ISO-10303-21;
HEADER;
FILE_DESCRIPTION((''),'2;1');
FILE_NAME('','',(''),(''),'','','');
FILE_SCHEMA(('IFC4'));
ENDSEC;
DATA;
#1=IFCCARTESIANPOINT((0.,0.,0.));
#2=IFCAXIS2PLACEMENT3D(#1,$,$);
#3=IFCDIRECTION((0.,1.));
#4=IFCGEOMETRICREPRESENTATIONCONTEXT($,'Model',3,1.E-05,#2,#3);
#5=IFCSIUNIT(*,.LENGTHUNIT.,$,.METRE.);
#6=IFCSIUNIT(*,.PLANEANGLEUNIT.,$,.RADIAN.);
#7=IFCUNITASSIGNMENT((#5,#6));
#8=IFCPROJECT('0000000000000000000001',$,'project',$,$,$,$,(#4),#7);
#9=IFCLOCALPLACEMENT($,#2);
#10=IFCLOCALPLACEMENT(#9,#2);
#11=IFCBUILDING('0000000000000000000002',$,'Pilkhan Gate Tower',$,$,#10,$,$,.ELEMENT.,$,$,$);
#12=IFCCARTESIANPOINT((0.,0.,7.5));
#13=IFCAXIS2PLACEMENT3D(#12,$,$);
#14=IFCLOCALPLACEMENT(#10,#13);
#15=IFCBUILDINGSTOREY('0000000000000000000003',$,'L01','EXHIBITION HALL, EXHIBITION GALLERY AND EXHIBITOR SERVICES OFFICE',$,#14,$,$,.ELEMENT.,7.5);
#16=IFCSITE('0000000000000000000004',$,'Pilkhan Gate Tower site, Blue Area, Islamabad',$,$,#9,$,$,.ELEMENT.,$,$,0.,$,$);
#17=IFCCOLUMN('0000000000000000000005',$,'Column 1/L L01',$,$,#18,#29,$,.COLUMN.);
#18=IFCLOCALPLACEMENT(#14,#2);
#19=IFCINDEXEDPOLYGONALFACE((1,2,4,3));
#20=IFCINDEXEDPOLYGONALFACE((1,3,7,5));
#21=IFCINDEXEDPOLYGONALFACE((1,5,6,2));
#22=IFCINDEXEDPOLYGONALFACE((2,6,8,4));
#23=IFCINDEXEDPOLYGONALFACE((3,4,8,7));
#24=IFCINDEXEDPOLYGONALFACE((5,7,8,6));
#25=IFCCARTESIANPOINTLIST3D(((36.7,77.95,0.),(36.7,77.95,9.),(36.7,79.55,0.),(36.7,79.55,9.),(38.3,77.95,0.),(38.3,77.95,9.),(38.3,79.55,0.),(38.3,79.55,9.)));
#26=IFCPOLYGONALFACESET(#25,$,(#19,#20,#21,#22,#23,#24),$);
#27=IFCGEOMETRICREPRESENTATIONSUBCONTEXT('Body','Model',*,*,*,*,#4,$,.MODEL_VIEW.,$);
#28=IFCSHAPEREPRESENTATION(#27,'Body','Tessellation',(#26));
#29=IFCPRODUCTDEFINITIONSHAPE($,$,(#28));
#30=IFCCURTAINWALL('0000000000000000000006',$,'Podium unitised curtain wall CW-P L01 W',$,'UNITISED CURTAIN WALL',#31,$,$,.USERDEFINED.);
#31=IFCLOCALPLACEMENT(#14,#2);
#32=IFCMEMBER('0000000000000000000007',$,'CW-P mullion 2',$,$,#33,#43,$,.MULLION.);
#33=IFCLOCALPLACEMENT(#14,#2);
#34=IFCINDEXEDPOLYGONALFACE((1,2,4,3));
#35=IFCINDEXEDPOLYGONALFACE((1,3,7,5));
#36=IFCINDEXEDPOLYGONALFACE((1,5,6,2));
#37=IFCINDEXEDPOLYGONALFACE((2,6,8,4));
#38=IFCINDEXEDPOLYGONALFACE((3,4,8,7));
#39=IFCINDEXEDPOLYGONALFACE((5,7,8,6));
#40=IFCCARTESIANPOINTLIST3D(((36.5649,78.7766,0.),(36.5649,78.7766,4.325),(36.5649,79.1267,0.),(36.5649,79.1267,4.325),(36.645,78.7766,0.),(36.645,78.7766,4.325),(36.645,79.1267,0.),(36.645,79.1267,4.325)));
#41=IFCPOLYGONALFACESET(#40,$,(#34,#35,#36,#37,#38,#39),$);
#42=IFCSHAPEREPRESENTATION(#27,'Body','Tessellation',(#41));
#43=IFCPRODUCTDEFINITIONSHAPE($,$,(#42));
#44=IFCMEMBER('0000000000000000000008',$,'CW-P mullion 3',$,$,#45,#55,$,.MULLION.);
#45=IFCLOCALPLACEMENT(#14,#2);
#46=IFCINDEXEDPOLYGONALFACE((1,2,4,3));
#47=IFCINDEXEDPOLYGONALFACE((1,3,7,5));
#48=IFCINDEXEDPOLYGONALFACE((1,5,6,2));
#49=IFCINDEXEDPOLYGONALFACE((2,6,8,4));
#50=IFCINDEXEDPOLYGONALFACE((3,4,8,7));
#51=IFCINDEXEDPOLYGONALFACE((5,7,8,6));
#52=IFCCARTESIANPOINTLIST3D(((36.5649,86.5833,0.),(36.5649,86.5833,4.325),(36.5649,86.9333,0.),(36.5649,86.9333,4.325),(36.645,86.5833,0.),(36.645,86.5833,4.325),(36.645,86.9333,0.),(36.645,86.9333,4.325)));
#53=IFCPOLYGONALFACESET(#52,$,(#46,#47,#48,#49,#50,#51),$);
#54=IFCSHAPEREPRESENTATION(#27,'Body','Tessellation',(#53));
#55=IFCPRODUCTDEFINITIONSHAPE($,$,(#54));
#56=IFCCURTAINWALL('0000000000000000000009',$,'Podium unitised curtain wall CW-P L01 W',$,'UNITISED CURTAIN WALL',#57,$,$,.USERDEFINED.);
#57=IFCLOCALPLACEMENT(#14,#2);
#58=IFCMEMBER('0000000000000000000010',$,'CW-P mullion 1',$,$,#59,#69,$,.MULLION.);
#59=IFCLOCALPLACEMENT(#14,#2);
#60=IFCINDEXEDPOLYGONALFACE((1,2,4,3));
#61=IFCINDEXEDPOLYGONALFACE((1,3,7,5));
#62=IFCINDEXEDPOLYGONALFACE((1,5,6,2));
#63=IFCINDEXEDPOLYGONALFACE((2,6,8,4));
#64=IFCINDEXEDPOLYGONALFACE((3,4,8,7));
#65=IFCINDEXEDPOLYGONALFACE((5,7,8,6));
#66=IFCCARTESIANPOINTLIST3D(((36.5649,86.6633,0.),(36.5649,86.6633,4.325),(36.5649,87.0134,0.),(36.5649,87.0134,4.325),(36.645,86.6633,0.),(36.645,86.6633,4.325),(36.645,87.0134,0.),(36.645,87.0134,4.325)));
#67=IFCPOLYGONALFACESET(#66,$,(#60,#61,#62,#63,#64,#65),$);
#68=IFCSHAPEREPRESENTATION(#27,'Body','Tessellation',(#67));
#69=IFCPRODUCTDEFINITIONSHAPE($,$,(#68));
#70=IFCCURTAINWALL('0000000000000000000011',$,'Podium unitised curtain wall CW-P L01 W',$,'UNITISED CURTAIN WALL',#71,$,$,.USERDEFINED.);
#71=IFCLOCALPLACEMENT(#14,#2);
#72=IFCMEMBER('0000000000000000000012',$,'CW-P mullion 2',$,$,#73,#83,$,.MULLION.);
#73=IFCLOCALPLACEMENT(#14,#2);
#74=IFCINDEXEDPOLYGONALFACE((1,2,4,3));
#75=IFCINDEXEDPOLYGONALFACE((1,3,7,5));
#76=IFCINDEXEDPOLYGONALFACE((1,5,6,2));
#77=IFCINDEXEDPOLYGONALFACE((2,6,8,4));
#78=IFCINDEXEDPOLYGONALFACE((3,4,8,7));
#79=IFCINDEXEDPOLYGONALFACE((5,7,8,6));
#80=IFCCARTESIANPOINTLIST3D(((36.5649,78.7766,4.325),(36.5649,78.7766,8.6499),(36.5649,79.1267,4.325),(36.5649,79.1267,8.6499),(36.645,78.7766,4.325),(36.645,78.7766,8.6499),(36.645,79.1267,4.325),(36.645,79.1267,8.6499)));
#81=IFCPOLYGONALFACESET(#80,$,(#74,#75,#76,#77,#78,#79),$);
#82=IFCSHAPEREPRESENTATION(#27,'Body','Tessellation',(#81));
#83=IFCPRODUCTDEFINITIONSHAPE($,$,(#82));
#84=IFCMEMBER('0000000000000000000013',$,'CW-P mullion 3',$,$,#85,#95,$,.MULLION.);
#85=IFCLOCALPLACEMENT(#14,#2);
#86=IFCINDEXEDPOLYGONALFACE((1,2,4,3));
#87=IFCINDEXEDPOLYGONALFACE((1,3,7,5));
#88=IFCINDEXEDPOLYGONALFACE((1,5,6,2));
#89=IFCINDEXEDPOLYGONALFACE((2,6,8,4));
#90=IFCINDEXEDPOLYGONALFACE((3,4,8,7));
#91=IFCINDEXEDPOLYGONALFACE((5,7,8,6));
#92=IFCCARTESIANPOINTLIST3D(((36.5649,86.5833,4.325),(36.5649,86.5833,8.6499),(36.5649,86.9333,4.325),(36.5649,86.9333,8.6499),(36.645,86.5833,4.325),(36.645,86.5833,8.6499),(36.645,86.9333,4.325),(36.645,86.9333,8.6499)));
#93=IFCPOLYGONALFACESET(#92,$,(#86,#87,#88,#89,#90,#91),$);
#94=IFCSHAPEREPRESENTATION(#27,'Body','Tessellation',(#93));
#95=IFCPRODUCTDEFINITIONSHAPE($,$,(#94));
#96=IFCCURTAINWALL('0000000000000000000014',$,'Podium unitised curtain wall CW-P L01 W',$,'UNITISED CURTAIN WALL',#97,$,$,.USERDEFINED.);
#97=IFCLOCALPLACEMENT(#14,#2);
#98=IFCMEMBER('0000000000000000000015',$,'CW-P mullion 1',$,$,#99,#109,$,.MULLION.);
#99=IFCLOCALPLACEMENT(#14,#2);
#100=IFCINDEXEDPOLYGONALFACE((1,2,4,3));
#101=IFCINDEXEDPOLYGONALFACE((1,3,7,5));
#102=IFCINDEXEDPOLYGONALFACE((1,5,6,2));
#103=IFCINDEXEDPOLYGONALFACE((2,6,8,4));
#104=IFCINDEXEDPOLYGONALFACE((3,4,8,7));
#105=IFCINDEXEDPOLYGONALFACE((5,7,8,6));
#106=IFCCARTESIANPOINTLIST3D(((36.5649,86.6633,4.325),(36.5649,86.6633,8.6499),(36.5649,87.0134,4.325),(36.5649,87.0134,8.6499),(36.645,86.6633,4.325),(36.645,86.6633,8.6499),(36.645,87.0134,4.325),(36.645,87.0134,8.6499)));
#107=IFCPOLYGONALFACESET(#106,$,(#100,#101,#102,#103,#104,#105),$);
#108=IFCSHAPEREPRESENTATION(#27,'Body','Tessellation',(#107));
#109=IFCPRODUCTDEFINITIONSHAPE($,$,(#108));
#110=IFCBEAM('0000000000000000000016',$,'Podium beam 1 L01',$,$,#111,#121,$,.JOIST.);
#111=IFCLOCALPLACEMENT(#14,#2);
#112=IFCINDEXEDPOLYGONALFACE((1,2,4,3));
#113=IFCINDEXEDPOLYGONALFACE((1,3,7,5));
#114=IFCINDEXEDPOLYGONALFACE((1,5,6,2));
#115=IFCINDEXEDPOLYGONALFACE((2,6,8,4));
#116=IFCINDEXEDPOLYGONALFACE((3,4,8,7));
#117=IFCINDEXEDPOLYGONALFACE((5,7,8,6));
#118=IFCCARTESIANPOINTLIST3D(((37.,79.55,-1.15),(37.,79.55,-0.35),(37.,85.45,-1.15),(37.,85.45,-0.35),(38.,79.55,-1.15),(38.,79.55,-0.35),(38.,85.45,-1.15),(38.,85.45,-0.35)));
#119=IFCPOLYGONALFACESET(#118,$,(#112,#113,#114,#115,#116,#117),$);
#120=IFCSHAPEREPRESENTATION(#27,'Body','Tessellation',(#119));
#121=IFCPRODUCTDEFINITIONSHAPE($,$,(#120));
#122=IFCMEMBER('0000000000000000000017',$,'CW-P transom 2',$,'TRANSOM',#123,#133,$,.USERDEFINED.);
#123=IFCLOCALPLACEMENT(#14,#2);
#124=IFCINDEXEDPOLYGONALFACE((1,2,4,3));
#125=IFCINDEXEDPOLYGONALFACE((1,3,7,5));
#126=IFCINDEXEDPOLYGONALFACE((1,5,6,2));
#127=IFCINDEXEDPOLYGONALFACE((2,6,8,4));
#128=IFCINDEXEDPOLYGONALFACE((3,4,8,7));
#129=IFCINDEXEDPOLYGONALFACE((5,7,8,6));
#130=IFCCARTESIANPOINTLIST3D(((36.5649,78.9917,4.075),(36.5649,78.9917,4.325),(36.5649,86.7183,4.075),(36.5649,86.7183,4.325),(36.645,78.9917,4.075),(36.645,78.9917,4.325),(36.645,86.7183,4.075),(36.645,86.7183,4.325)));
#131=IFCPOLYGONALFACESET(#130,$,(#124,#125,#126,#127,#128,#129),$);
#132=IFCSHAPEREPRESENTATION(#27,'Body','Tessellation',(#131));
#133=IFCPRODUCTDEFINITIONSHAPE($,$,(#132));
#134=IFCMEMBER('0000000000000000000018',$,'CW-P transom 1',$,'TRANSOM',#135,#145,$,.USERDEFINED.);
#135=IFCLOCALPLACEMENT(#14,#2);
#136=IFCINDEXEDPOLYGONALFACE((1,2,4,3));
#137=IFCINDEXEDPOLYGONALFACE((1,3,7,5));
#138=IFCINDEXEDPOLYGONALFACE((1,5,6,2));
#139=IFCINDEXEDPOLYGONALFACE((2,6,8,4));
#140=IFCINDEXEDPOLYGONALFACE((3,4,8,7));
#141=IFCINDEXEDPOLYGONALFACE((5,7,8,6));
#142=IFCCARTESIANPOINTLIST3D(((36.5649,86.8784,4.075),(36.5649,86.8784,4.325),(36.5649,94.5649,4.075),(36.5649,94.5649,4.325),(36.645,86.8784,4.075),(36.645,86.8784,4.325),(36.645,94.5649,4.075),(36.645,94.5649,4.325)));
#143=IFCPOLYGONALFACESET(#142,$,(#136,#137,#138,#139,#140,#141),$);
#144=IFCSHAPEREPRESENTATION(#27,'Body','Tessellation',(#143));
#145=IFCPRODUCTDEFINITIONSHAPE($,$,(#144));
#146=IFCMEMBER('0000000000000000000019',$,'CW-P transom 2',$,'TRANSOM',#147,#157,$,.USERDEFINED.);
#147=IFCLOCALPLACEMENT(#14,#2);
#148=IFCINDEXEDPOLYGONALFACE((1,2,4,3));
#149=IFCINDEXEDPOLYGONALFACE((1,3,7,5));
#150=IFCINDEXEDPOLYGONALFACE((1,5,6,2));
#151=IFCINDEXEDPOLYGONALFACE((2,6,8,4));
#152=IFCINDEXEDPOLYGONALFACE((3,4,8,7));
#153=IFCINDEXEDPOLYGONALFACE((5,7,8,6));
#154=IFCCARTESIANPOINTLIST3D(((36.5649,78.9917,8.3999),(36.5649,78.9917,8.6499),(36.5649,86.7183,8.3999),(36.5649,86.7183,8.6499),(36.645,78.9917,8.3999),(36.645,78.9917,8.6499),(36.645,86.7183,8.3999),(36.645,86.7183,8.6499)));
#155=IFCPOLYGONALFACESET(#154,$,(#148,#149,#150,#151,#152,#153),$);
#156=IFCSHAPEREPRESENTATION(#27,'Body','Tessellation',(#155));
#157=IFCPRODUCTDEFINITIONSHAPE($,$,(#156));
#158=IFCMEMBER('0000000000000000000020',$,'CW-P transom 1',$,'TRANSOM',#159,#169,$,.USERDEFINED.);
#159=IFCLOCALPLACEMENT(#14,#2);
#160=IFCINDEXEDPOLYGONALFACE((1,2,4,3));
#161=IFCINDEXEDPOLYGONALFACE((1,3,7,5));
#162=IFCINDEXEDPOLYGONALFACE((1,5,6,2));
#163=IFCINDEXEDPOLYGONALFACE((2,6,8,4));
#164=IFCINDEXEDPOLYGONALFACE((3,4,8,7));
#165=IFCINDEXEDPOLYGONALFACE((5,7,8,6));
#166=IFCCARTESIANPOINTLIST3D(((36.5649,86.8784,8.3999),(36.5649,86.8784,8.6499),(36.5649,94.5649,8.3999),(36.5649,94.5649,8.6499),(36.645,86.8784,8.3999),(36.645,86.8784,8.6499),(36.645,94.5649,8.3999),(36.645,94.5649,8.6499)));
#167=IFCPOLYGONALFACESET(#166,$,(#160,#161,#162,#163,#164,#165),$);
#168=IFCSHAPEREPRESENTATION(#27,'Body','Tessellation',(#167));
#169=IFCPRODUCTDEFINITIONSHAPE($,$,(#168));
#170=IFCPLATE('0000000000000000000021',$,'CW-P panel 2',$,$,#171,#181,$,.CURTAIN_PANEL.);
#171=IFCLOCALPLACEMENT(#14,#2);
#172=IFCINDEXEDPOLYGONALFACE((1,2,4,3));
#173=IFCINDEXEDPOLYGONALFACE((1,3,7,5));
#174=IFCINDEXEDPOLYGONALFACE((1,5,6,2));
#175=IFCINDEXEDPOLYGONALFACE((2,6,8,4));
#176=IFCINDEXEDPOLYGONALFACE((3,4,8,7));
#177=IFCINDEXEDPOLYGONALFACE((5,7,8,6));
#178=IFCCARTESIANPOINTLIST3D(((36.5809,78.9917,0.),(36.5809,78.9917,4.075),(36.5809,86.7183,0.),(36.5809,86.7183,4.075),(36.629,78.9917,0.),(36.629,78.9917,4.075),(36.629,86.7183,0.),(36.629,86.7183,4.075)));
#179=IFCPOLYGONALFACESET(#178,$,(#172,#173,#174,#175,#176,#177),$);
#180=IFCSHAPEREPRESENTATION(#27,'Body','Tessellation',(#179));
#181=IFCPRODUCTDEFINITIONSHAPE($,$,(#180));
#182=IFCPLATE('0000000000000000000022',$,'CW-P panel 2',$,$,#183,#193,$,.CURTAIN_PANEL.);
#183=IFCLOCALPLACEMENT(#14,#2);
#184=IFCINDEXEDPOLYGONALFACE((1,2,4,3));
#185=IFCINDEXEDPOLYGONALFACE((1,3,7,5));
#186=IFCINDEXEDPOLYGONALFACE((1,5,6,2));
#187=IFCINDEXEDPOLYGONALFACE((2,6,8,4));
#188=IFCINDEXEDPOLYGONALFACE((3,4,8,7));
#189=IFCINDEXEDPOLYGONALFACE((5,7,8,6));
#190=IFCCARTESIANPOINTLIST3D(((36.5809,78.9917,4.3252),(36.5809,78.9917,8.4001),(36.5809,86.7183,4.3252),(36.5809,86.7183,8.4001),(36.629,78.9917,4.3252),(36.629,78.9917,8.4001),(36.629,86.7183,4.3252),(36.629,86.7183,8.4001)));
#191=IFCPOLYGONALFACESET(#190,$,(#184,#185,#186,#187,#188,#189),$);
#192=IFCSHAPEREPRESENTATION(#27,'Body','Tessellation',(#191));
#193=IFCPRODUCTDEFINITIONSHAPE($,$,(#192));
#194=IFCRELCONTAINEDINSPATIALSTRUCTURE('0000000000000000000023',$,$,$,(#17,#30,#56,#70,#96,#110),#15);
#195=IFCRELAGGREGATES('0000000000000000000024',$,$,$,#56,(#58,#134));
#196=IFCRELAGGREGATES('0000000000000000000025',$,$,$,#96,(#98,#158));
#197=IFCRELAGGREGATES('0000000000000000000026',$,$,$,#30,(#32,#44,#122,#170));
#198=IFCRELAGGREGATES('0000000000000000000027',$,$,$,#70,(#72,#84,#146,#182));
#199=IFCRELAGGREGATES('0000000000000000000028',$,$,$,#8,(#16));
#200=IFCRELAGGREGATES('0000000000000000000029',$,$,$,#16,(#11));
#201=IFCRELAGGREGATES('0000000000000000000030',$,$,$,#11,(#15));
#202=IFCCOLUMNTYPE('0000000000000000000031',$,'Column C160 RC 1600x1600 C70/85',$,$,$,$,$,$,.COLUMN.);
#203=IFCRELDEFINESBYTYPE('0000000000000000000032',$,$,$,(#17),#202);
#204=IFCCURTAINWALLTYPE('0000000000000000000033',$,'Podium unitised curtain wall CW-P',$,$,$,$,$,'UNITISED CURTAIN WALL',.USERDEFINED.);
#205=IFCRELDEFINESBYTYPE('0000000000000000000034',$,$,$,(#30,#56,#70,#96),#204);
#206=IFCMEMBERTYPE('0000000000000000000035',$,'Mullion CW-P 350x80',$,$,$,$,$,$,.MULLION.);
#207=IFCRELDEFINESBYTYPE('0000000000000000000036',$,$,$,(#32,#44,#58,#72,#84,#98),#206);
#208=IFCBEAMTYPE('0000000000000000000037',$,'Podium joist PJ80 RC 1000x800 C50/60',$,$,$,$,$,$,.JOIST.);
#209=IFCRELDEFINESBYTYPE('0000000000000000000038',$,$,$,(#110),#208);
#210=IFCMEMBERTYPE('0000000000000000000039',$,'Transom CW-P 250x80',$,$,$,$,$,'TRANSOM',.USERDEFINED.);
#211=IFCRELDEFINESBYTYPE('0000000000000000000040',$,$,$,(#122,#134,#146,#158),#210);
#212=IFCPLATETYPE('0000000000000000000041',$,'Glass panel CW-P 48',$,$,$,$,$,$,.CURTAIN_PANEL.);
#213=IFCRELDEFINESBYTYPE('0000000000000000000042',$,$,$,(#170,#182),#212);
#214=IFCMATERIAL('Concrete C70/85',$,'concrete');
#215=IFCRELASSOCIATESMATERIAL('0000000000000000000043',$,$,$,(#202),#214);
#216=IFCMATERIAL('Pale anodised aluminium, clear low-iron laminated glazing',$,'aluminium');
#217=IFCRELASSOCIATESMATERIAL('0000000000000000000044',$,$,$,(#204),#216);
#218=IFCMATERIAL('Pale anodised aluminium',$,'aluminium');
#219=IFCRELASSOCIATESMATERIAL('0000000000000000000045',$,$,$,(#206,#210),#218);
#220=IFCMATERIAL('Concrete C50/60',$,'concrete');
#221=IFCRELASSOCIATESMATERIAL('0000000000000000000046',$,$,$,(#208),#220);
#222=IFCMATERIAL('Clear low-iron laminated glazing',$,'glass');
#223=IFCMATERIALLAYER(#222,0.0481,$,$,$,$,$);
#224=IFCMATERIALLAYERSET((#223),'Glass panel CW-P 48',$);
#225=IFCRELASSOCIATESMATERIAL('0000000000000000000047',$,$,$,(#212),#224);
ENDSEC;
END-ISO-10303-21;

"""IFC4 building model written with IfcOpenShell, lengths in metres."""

from ifc_helpers import new_model, si_unit, direction, frame, origin, origin_2d, place, context, subcontext, project, spatial, rectangle, extrude, material, layer, layer_set, material_profile, profile_set, type_object, element, aggregate, save


model = new_model("IFC4")

# Units and contexts
model_context = context("Model", 3, precision=1e-05, world=origin(), true_north=direction((0.0, 1.0)))
body_context = subcontext(model_context, "Body", "Model", "MODEL_VIEW")
ifc_project = project(units=[si_unit("LENGTHUNIT", "METRE"), si_unit("PLANEANGLEUNIT", "RADIAN")], contexts=[model_context])

# Site, building, storey
site_placement = place(None, origin())
site = spatial("IfcSite", under=ifc_project, at=site_placement, Name="Pilkhan Gate Tower site, Blue Area, Islamabad", CompositionType="ELEMENT", RefElevation=0.0)
building_placement = place(site_placement, origin())
building = spatial("IfcBuilding", under=site, at=building_placement, Name="Pilkhan Gate Tower", CompositionType="ELEMENT")
storey_placement = place(building_placement, frame((0.0, 0.0, 7.5)))
storey = spatial("IfcBuildingStorey", under=building, at=storey_placement, Name="L01", Description="EXHIBITION HALL, EXHIBITION GALLERY AND EXHIBITOR SERVICES OFFICE", CompositionType="ELEMENT", Elevation=7.5)

# Column
ifc_material_1 = material(Name="Concrete C70/85", Category="concrete")
ifc_material_profile_1 = material_profile(ifc_material_1, rectangle(XDim=1.6001, YDim=1.6001, at=origin_2d()), Name="RC 1600x1600")
ifc_profile_set_1 = profile_set([ifc_material_profile_1], Name="Concrete C70/85")
column_type = type_object("IfcColumnType", Name="Column C160 RC 1600x1600 C70/85", PredefinedType="COLUMN", material=ifc_profile_set_1)
column_placement = place(storey_placement, frame((37.5, 78.75, 0.0), z_axis=(0.0, 0.0, 1.0), x_axis=(1.0, 0.0, 0.0)))
element("IfcColumn", 1, at=column_placement, inside=storey, type_object=column_type, Name="Column 1/L L01", PredefinedType="COLUMN", context=body_context, shape_type="SweptSolid", body=[
    extrude(rectangle(XDim=1.6001, YDim=1.6001, at=origin_2d()), origin(), (0.0, 0.0, 1.0), 9.0),
])

# Curtain wall, members
ifc_material_2 = material(Name="Pale anodised aluminium, clear low-iron laminated glazing", Category="aluminium")
curtain_wall_type = type_object("IfcCurtainWallType", Name="Podium unitised curtain wall CW-P", ElementType="UNITISED CURTAIN WALL", PredefinedType="USERDEFINED", material=ifc_material_2)
curtain_wall_1_placement = place(storey_placement, origin())
curtain_wall_1 = element("IfcCurtainWall", 2, at=curtain_wall_1_placement, inside=storey, type_object=curtain_wall_type, Name="Podium unitised curtain wall CW-P L01 W", ObjectType="UNITISED CURTAIN WALL", PredefinedType="USERDEFINED")
ifc_material_3 = material(Name="Pale anodised aluminium", Category="aluminium")
ifc_material_profile_2 = material_profile(ifc_material_3, rectangle(XDim=0.0801, YDim=0.3501, at=origin_2d()), Name="Mullion 350x80")
ifc_profile_set_2 = profile_set([ifc_material_profile_2], Name="Pale anodised aluminium")
member_type_1 = type_object("IfcMemberType", Name="Mullion CW-P 350x80", PredefinedType="MULLION", material=ifc_profile_set_2)
member_1_placement = place(storey_placement, frame((36.605, 78.9517, 0.0), z_axis=(0.0, 0.0, 1.0), x_axis=(-1.0, 0.0, 0.0)))
member_1 = element("IfcMember", 3, at=member_1_placement, type_object=member_type_1, Name="CW-P mullion 2", PredefinedType="MULLION", context=body_context, shape_type="SweptSolid", body=[
    extrude(rectangle(XDim=0.0801, YDim=0.3501, at=origin_2d()), origin(), (0.0, 0.0, 1.0), 4.325),
])
member_2_placement = place(storey_placement, frame((36.605, 86.7583, 0.0), z_axis=(0.0, 0.0, 1.0), x_axis=(-1.0, 0.0, 0.0)))
member_2 = element("IfcMember", 4, at=member_2_placement, type_object=member_type_1, Name="CW-P mullion 3", PredefinedType="MULLION", context=body_context, shape_type="SweptSolid", body=[
    extrude(rectangle(XDim=0.0801, YDim=0.3501, at=origin_2d()), origin(), (0.0, 0.0, 1.0), 4.325),
])

# Curtain wall, member
curtain_wall_2_placement = place(storey_placement, origin())
curtain_wall_2 = element("IfcCurtainWall", 5, at=curtain_wall_2_placement, inside=storey, type_object=curtain_wall_type, Name="Podium unitised curtain wall CW-P L01 W", ObjectType="UNITISED CURTAIN WALL", PredefinedType="USERDEFINED")
member_3_placement = place(storey_placement, frame((36.605, 86.8384, 0.0), z_axis=(0.0, 0.0, 1.0), x_axis=(-1.0, 0.0, 0.0)))
member_3 = element("IfcMember", 6, at=member_3_placement, type_object=member_type_1, Name="CW-P mullion 1", PredefinedType="MULLION", context=body_context, shape_type="SweptSolid", body=[
    extrude(rectangle(XDim=0.0801, YDim=0.3501, at=origin_2d()), origin(), (0.0, 0.0, 1.0), 4.325),
])

# Curtain wall, members
curtain_wall_3_placement = place(storey_placement, origin())
curtain_wall_3 = element("IfcCurtainWall", 7, at=curtain_wall_3_placement, inside=storey, type_object=curtain_wall_type, Name="Podium unitised curtain wall CW-P L01 W", ObjectType="UNITISED CURTAIN WALL", PredefinedType="USERDEFINED")
member_4_placement = place(storey_placement, frame((36.605, 78.9517, 4.325), z_axis=(0.0, 0.0, 1.0), x_axis=(-1.0, 0.0, 0.0)))
member_4 = element("IfcMember", 8, at=member_4_placement, type_object=member_type_1, Name="CW-P mullion 2", PredefinedType="MULLION", context=body_context, shape_type="SweptSolid", body=[
    extrude(rectangle(XDim=0.0801, YDim=0.3501, at=origin_2d()), origin(), (0.0, 0.0, 1.0), 4.325),
])
member_5_placement = place(storey_placement, frame((36.605, 86.7583, 4.325), z_axis=(0.0, 0.0, 1.0), x_axis=(-1.0, 0.0, 0.0)))
member_5 = element("IfcMember", 9, at=member_5_placement, type_object=member_type_1, Name="CW-P mullion 3", PredefinedType="MULLION", context=body_context, shape_type="SweptSolid", body=[
    extrude(rectangle(XDim=0.0801, YDim=0.3501, at=origin_2d()), origin(), (0.0, 0.0, 1.0), 4.325),
])

# Curtain wall, member
curtain_wall_4_placement = place(storey_placement, origin())
curtain_wall_4 = element("IfcCurtainWall", 10, at=curtain_wall_4_placement, inside=storey, type_object=curtain_wall_type, Name="Podium unitised curtain wall CW-P L01 W", ObjectType="UNITISED CURTAIN WALL", PredefinedType="USERDEFINED")
member_6_placement = place(storey_placement, frame((36.605, 86.8384, 4.325), z_axis=(0.0, 0.0, 1.0), x_axis=(-1.0, 0.0, 0.0)))
member_6 = element("IfcMember", 11, at=member_6_placement, type_object=member_type_1, Name="CW-P mullion 1", PredefinedType="MULLION", context=body_context, shape_type="SweptSolid", body=[
    extrude(rectangle(XDim=0.0801, YDim=0.3501, at=origin_2d()), origin(), (0.0, 0.0, 1.0), 4.325),
])

# Beam
ifc_material_4 = material(Name="Concrete C50/60", Category="concrete")
ifc_material_profile_3 = material_profile(ifc_material_4, rectangle(XDim=1.0, YDim=0.8, at=origin_2d()), Name="RC 1000x800")
ifc_profile_set_3 = profile_set([ifc_material_profile_3], Name="Concrete C50/60")
beam_type = type_object("IfcBeamType", Name="Podium joist PJ80 RC 1000x800 C50/60", PredefinedType="JOIST", material=ifc_profile_set_3)
beam_placement = place(storey_placement, frame((37.5, 79.55, -0.75), z_axis=(0.0, 1.0, 0.0), x_axis=(-1.0, 0.0, 0.0)))
element("IfcBeam", 12, at=beam_placement, inside=storey, type_object=beam_type, Name="Podium beam 1 L01", PredefinedType="JOIST", context=body_context, shape_type="SweptSolid", body=[
    extrude(rectangle(XDim=1.0, YDim=0.8, at=origin_2d()), origin(), (0.0, 0.0, 1.0), 5.8999),
])

# Members
ifc_material_profile_4 = material_profile(ifc_material_3, rectangle(XDim=0.0801, YDim=0.25, at=origin_2d()), Name="Transom 250x80")
ifc_profile_set_4 = profile_set([ifc_material_profile_4], Name="Pale anodised aluminium")
member_type_2 = type_object("IfcMemberType", Name="Transom CW-P 250x80", ElementType="TRANSOM", PredefinedType="USERDEFINED", material=ifc_profile_set_4)
member_7_placement = place(storey_placement, frame((36.605, 78.9917, 4.2), z_axis=(0.0, 1.0, 0.0), x_axis=(-1.0, 0.0, 0.0)))
member_7 = element("IfcMember", 13, at=member_7_placement, type_object=member_type_2, Name="CW-P transom 2", ObjectType="TRANSOM", PredefinedType="USERDEFINED", context=body_context, shape_type="SweptSolid", body=[
    extrude(rectangle(XDim=0.0801, YDim=0.25, at=origin_2d()), origin(), (0.0, 0.0, 1.0), 7.7266),
])
member_8_placement = place(storey_placement, frame((36.605, 86.8784, 4.2), z_axis=(0.0, 1.0, 0.0), x_axis=(-1.0, 0.0, 0.0)))
member_8 = element("IfcMember", 14, at=member_8_placement, type_object=member_type_2, Name="CW-P transom 1", ObjectType="TRANSOM", PredefinedType="USERDEFINED", context=body_context, shape_type="SweptSolid", body=[
    extrude(rectangle(XDim=0.0801, YDim=0.25, at=origin_2d()), origin(), (0.0, 0.0, 1.0), 7.6865),
])
aggregate(curtain_wall_2, [member_3, member_8])
member_9_placement = place(storey_placement, frame((36.605, 78.9917, 8.5249), z_axis=(0.0, 1.0, 0.0), x_axis=(-1.0, 0.0, 0.0)))
member_9 = element("IfcMember", 15, at=member_9_placement, type_object=member_type_2, Name="CW-P transom 2", ObjectType="TRANSOM", PredefinedType="USERDEFINED", context=body_context, shape_type="SweptSolid", body=[
    extrude(rectangle(XDim=0.0801, YDim=0.25, at=origin_2d()), origin(), (0.0, 0.0, 1.0), 7.7266),
])
member_10_placement = place(storey_placement, frame((36.605, 86.8784, 8.5249), z_axis=(0.0, 1.0, 0.0), x_axis=(-1.0, 0.0, 0.0)))
member_10 = element("IfcMember", 16, at=member_10_placement, type_object=member_type_2, Name="CW-P transom 1", ObjectType="TRANSOM", PredefinedType="USERDEFINED", context=body_context, shape_type="SweptSolid", body=[
    extrude(rectangle(XDim=0.0801, YDim=0.25, at=origin_2d()), origin(), (0.0, 0.0, 1.0), 7.6865),
])
aggregate(curtain_wall_4, [member_6, member_10])

# Plates
ifc_material_5 = material(Name="Clear low-iron laminated glazing", Category="glass")
ifc_layer_1 = layer(ifc_material_5, 0.0481)
ifc_layer_set_1 = layer_set([ifc_layer_1], Name="Glass panel CW-P 48")
plate_type = type_object("IfcPlateType", Name="Glass panel CW-P 48", PredefinedType="CURTAIN_PANEL", material=ifc_layer_set_1)
plate_1_placement = place(storey_placement, frame((36.605, 82.855, 0.0), z_axis=(0.0, 0.0, 1.0), x_axis=(0.0, 1.0, 0.0)))
plate_1 = element("IfcPlate", 17, at=plate_1_placement, type_object=plate_type, Name="CW-P panel 2", PredefinedType="CURTAIN_PANEL", context=body_context, shape_type="SweptSolid", body=[
    extrude(rectangle(XDim=7.7266, YDim=0.0481, at=origin_2d()), origin(), (0.0, 0.0, 1.0), 4.075),
])
aggregate(curtain_wall_1, [member_1, member_2, member_7, plate_1])
plate_2_placement = place(storey_placement, frame((36.605, 82.855, 4.3252), z_axis=(0.0, 0.0, 1.0), x_axis=(0.0, 1.0, 0.0)))
plate_2 = element("IfcPlate", 18, at=plate_2_placement, type_object=plate_type, Name="CW-P panel 2", PredefinedType="CURTAIN_PANEL", context=body_context, shape_type="SweptSolid", body=[
    extrude(rectangle(XDim=7.7266, YDim=0.0481, at=origin_2d()), origin(), (0.0, 0.0, 1.0), 4.075),
])
aggregate(curtain_wall_3, [member_4, member_5, member_9, plate_2])

save(model, "model.ifc")
